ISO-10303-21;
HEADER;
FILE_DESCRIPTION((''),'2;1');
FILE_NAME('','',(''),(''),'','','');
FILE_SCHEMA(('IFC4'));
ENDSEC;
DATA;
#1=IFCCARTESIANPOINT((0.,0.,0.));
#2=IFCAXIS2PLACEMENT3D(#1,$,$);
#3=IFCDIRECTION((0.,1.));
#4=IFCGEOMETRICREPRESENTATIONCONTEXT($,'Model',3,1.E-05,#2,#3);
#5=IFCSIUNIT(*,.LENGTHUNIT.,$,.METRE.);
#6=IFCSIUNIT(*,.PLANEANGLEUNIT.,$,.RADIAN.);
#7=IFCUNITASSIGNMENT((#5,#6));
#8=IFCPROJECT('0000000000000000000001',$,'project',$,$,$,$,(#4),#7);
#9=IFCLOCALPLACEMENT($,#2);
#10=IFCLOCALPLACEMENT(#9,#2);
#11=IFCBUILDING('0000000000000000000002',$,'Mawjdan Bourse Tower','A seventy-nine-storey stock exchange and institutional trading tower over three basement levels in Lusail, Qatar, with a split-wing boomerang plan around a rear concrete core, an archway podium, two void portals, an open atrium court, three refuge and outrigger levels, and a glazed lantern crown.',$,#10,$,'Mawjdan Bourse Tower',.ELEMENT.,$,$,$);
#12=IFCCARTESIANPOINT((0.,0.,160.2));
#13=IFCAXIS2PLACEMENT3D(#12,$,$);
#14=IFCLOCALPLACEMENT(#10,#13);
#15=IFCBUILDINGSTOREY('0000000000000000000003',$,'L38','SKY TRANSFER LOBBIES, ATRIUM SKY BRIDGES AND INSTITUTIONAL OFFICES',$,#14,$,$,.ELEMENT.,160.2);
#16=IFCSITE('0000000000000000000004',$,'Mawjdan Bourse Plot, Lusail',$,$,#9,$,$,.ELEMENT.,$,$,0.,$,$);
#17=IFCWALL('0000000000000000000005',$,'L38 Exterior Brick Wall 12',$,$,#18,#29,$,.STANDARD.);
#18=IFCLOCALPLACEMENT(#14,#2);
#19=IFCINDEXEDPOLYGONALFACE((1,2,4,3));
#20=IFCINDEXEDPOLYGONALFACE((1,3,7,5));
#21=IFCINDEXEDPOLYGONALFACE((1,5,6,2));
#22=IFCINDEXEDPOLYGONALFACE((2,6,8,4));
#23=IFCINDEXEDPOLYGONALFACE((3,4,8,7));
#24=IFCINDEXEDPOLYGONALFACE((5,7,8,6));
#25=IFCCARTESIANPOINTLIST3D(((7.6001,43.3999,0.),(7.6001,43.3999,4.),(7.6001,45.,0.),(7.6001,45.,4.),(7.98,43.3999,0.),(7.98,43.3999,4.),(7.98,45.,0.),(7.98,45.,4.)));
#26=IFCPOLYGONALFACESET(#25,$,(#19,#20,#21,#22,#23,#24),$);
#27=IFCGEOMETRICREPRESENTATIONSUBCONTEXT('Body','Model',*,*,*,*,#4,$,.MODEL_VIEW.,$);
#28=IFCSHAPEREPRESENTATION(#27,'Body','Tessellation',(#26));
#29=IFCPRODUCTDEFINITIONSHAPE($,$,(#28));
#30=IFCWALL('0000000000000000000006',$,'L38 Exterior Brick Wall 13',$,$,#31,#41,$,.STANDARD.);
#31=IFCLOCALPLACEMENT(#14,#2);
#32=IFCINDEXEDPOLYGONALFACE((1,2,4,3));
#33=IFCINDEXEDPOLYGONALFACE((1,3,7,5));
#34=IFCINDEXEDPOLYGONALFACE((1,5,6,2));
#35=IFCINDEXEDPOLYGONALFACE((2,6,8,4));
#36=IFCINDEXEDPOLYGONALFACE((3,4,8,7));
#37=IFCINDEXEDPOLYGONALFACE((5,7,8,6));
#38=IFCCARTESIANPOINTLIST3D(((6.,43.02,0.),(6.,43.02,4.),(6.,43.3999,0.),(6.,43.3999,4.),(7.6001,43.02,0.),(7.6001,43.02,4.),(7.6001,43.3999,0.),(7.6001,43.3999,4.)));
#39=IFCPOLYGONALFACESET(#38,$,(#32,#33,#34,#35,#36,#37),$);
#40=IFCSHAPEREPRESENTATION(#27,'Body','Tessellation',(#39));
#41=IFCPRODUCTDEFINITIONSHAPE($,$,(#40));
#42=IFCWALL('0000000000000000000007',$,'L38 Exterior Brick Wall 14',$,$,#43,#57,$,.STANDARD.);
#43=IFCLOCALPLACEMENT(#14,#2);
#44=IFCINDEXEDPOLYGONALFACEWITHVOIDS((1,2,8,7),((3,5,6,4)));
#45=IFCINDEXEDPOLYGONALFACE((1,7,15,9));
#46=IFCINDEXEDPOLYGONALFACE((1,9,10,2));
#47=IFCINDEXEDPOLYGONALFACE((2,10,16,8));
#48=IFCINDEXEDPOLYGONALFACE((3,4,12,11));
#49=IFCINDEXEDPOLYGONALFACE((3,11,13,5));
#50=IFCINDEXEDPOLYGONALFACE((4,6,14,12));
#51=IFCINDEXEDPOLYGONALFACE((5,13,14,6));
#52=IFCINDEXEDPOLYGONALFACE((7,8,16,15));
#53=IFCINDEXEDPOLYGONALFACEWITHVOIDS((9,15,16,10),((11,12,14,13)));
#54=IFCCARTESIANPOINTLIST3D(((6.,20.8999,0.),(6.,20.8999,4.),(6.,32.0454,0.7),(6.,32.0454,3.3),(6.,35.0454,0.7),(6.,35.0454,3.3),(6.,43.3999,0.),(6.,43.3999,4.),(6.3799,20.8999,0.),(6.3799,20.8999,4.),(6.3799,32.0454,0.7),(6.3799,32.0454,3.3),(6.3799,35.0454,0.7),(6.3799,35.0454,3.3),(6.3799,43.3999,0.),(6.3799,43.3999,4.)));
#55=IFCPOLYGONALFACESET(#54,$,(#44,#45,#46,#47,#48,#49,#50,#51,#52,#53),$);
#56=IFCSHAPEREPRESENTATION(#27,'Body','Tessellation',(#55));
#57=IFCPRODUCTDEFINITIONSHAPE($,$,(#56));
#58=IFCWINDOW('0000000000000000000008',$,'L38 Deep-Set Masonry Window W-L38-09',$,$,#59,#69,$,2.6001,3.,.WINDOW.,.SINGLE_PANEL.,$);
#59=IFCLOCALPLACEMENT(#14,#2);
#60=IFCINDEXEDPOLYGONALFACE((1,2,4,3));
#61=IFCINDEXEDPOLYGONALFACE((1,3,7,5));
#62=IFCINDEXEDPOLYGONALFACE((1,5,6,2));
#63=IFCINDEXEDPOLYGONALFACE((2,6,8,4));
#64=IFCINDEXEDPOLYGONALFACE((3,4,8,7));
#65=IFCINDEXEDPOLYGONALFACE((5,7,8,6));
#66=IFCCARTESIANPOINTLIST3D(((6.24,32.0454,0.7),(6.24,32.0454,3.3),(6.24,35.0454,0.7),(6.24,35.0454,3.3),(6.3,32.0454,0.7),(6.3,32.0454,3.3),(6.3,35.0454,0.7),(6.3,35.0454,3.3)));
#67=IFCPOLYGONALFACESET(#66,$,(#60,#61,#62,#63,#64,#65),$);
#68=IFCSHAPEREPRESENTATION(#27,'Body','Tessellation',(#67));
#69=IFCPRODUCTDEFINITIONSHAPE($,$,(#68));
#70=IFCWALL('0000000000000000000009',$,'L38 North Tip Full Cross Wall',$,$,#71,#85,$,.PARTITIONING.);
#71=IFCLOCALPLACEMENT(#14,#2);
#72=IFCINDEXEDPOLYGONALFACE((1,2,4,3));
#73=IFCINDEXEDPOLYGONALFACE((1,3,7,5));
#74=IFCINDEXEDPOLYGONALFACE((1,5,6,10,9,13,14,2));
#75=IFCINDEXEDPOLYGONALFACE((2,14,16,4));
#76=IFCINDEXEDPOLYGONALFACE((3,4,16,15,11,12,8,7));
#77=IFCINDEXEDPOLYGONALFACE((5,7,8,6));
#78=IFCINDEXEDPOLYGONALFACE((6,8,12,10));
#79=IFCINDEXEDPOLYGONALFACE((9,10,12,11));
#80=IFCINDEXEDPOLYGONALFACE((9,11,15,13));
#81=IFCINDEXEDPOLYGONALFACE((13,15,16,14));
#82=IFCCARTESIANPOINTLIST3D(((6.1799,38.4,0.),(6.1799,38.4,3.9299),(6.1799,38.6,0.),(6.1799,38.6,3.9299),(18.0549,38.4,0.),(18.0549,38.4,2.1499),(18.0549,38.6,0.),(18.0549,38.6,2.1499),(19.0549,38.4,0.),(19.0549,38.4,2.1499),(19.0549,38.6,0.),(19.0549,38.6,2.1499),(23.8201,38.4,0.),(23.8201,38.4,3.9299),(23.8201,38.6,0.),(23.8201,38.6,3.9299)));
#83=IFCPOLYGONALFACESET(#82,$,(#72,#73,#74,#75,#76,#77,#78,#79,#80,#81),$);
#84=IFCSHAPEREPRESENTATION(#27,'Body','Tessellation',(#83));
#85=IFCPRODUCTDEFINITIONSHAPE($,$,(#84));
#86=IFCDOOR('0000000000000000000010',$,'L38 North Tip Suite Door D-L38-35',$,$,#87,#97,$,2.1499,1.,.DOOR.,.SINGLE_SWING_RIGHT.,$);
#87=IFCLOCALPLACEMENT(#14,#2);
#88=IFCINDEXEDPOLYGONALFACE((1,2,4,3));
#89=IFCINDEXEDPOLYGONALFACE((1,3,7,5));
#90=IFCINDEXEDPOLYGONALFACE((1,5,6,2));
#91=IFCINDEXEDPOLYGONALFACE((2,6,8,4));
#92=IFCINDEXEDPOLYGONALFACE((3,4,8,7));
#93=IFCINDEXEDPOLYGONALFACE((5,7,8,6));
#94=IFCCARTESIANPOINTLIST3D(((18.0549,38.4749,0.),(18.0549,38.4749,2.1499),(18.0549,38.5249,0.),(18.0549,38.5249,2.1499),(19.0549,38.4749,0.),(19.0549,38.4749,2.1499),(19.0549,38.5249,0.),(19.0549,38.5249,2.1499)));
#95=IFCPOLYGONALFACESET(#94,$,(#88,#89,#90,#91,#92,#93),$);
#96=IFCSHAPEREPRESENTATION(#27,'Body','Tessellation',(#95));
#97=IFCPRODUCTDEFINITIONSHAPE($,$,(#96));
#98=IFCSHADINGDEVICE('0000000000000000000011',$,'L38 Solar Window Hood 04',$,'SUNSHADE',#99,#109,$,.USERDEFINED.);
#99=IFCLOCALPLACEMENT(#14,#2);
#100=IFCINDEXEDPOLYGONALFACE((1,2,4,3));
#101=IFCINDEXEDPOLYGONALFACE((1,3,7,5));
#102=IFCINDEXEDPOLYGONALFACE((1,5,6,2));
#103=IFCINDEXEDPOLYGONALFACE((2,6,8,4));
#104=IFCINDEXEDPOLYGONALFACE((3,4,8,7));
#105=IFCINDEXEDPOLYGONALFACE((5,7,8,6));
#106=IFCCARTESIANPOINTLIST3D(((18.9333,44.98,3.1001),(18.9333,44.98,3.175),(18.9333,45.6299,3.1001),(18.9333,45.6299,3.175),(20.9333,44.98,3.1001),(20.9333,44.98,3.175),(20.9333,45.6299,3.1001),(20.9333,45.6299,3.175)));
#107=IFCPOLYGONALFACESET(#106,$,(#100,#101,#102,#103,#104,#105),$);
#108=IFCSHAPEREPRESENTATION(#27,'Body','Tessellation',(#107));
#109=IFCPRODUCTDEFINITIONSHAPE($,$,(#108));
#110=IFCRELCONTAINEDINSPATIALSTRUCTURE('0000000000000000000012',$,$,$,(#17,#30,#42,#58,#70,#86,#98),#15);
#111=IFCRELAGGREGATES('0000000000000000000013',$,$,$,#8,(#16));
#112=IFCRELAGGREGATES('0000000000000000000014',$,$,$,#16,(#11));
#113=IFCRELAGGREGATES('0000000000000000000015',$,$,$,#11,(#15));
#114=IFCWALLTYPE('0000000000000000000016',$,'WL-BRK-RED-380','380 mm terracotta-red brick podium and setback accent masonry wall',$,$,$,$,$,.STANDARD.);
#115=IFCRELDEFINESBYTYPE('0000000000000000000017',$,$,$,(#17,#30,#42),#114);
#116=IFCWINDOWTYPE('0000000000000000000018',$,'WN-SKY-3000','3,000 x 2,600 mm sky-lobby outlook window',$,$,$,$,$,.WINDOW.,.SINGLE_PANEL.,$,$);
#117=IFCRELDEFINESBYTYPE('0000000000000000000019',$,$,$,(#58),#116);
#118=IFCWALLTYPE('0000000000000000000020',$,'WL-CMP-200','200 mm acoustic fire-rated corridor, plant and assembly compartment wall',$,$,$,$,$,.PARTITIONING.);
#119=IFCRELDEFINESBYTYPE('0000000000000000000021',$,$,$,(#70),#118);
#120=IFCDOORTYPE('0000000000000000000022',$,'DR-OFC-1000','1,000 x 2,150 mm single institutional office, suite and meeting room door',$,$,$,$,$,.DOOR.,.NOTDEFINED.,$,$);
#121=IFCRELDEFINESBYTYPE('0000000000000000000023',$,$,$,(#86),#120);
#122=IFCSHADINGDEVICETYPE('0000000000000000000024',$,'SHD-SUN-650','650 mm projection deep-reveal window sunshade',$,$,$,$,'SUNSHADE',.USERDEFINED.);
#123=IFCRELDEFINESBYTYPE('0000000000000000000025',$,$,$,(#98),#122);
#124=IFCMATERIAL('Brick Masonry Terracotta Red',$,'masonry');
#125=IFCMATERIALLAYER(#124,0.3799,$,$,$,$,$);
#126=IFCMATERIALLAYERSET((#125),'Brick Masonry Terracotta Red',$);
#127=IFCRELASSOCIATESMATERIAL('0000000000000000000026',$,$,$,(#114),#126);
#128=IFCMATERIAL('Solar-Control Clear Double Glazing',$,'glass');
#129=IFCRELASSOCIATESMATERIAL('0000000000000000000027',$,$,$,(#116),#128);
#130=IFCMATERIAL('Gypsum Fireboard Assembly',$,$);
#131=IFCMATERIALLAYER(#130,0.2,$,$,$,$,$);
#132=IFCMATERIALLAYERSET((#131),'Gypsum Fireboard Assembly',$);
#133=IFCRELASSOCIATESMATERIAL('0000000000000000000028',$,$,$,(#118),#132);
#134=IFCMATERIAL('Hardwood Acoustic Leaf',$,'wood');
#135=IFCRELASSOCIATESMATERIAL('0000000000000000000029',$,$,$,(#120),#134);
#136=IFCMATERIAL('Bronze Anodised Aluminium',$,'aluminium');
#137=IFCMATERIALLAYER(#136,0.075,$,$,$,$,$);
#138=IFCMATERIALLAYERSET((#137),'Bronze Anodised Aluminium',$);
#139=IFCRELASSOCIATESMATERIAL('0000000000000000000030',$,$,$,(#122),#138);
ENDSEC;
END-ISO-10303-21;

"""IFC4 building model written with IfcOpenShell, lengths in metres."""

from ifc_helpers import new_model, si_unit, direction, frame, frame_2d, origin, origin_2d, place, context, subcontext, project, spatial, rectangle, extrude, material, layer, layer_set, type_object, element, fill, save


model = new_model("IFC4")

# Units and contexts
model_context = context("Model", 3, precision=1e-05, world=origin(), true_north=direction((0.0, 1.0)))
body_context = subcontext(model_context, "Body", "Model", "MODEL_VIEW")
ifc_project = project(units=[si_unit("LENGTHUNIT", "METRE"), si_unit("PLANEANGLEUNIT", "RADIAN")], contexts=[model_context])

# Site, building, storey
site_placement = place(None, origin())
site = spatial("IfcSite", under=ifc_project, at=site_placement, Name="Mawjdan Bourse Plot, Lusail", CompositionType="ELEMENT", RefElevation=0.0)
building_placement = place(site_placement, origin())
building = spatial("IfcBuilding", under=site, at=building_placement, Name="Mawjdan Bourse Tower", Description="A seventy-nine-storey stock exchange and institutional trading tower over three basement levels in Lusail, Qatar, with a split-wing boomerang plan around a rear concrete core, an archway podium, two void portals, an open atrium court, three refuge and outrigger levels, and a glazed lantern crown.", LongName="Mawjdan Bourse Tower", CompositionType="ELEMENT")
storey_placement = place(building_placement, frame((0.0, 0.0, 160.2)))
storey = spatial("IfcBuildingStorey", under=building, at=storey_placement, Name="L38", Description="SKY TRANSFER LOBBIES, ATRIUM SKY BRIDGES AND INSTITUTIONAL OFFICES", CompositionType="ELEMENT", Elevation=160.2)

# Shared definitions
ifc_material_1 = material(Name="Brick Masonry Terracotta Red", Category="masonry")
ifc_layer_1 = layer(ifc_material_1, 0.3799)
ifc_layer_set_1 = layer_set([ifc_layer_1], Name="Brick Masonry Terracotta Red")
wall_type_1 = type_object("IfcWallType", Name="WL-BRK-RED-380", Description="380 mm terracotta-red brick podium and setback accent masonry wall", PredefinedType="STANDARD", material=ifc_layer_set_1)

# Shared definitions
ifc_material_2 = material(Name="Solar-Control Clear Double Glazing", Category="glass")

# Walls
for number, where, z_axis, x_axis, name in (
    (1, (7.79, 45.0, 0.0), (0.0, 0.0, 1.0), (0.0, -1.0, 0.0), "L38 Exterior Brick Wall 12"),
    (2, (7.6001, 43.21, 0.0), (0.0, 0.0, 1.0), (-1.0, 0.0, 0.0), "L38 Exterior Brick Wall 13"),
):
    element("IfcWall", number, at=place(storey_placement, frame(where, z_axis=z_axis, x_axis=x_axis)), inside=storey, type_object=wall_type_1, Name=name, PredefinedType="STANDARD", context=body_context, shape_type="SweptSolid", body=[
        extrude(rectangle(XDim=1.6001, YDim=0.3799, at=frame_2d((0.8, 0.0))), origin(), (0.0, 0.0, 1.0), 4.0),
    ])

# Wall, opening, window
wall_1_placement = place(storey_placement, frame((6.1899, 43.3999, 0.0), z_axis=(0.0, 0.0, 1.0), x_axis=(0.0, -1.0, 0.0)))
wall_1 = element("IfcWall", 3, at=wall_1_placement, inside=storey, type_object=wall_type_1, Name="L38 Exterior Brick Wall 14", PredefinedType="STANDARD", context=body_context, shape_type="SweptSolid", body=[
    extrude(rectangle(XDim=22.5, YDim=0.3799, at=frame_2d((11.25, 0.0))), origin(), (0.0, 0.0, 1.0), 4.0),
])
opening_1_placement = place(wall_1_placement, frame((8.3545, 0.0, 0.7)))
opening_1 = element("IfcOpeningElement", 4, at=opening_1_placement, cuts=wall_1, PredefinedType="OPENING", context=body_context, shape_type="SweptSolid", body=[
    extrude(rectangle(XDim=3.0, YDim=2.6001, at=frame_2d((1.5, 1.3))), frame((0.0, 0.2, 0.0), z_axis=(0.0, -1.0, 0.0), x_axis=(1.0, 0.0, 0.0)), (0.0, 0.0, 1.0), 0.3999),
])
window_type_1 = type_object("IfcWindowType", Name="WN-SKY-3000", Description="3,000 x 2,600 mm sky-lobby outlook window", PartitioningType="SINGLE_PANEL", PredefinedType="WINDOW", material=ifc_material_2)
window_1_placement = place(opening_1_placement, origin())
window_1 = element("IfcWindow", 5, at=window_1_placement, inside=storey, type_object=window_type_1, Name="L38 Deep-Set Masonry Window W-L38-09", OverallHeight=2.6001, OverallWidth=3.0, PartitioningType="SINGLE_PANEL", PredefinedType="WINDOW", context=body_context, shape_type="SweptSolid", body=[
    extrude(rectangle(XDim=3.0, YDim=2.6001, at=frame_2d((1.5, 1.3))), frame((0.0, 0.1101, 0.0), z_axis=(0.0, -1.0, 0.0), x_axis=(1.0, 0.0, 0.0)), (0.0, 0.0, 1.0), 0.0601),
])
fill(opening_1, window_1)

# Wall, opening, door
ifc_material_3 = material(Name="Gypsum Fireboard Assembly")
ifc_layer_2 = layer(ifc_material_3, 0.2)
ifc_layer_set_2 = layer_set([ifc_layer_2], Name="Gypsum Fireboard Assembly")
wall_type_2 = type_object("IfcWallType", Name="WL-CMP-200", Description="200 mm acoustic fire-rated corridor, plant and assembly compartment wall", PredefinedType="PARTITIONING", material=ifc_layer_set_2)
wall_2_placement = place(storey_placement, frame((6.1799, 38.5, 0.0), z_axis=(0.0, 0.0, 1.0), x_axis=(1.0, 0.0, 0.0)))
wall_2 = element("IfcWall", 6, at=wall_2_placement, inside=storey, type_object=wall_type_2, Name="L38 North Tip Full Cross Wall", PredefinedType="PARTITIONING", context=body_context, shape_type="SweptSolid", body=[
    extrude(rectangle(XDim=17.6401, YDim=0.2, at=frame_2d((8.8201, 0.0))), origin(), (0.0, 0.0, 1.0), 3.9299),
])
opening_2_placement = place(wall_2_placement, frame((11.875, 0.0, 0.0)))
opening_2 = element("IfcOpeningElement", 7, at=opening_2_placement, cuts=wall_2, PredefinedType="OPENING", context=body_context, shape_type="SweptSolid", body=[
    extrude(rectangle(XDim=1.0, YDim=2.1499, at=frame_2d((0.5, 1.075))), frame((0.0, 0.1099, 0.0), z_axis=(0.0, -1.0, 0.0), x_axis=(1.0, 0.0, 0.0)), (0.0, 0.0, 1.0), 0.22),
])
ifc_material_4 = material(Name="Hardwood Acoustic Leaf", Category="wood")
door_type = type_object("IfcDoorType", Name="DR-OFC-1000", Description="1,000 x 2,150 mm single institutional office, suite and meeting room door", OperationType="NOTDEFINED", PredefinedType="DOOR", material=ifc_material_4)
door_placement = place(opening_2_placement, origin())
door = element("IfcDoor", 8, at=door_placement, inside=storey, type_object=door_type, Name="L38 North Tip Suite Door D-L38-35", OperationType="SINGLE_SWING_RIGHT", OverallHeight=2.1499, OverallWidth=1.0, PredefinedType="DOOR", context=body_context, shape_type="SweptSolid", body=[
    extrude(rectangle(XDim=1.0, YDim=2.1499, at=frame_2d((0.5, 1.075))), frame((0.0, 0.0249, 0.0), z_axis=(0.0, -1.0, 0.0), x_axis=(1.0, 0.0, 0.0)), (0.0, 0.0, 1.0), 0.05),
])
fill(opening_2, door)

# Shading device
ifc_material_5 = material(Name="Bronze Anodised Aluminium", Category="aluminium")
ifc_layer_3 = layer(ifc_material_5, 0.075)
ifc_layer_set_3 = layer_set([ifc_layer_3], Name="Bronze Anodised Aluminium")
shading_device_type = type_object("IfcShadingDeviceType", Name="SHD-SUN-650", Description="650 mm projection deep-reveal window sunshade", ElementType="SUNSHADE", PredefinedType="USERDEFINED", material=ifc_layer_set_3)
shading_device_placement = place(storey_placement, frame((19.9333, 45.3049, 3.1001), z_axis=(0.0, 0.0, 1.0), x_axis=(-1.0, 0.0, 0.0)))
element("IfcShadingDevice", 9, at=shading_device_placement, inside=storey, type_object=shading_device_type, Name="L38 Solar Window Hood 04", ObjectType="SUNSHADE", PredefinedType="USERDEFINED", context=body_context, shape_type="SweptSolid", body=[
    extrude(rectangle(XDim=2.0, YDim=0.6499, at=origin_2d()), origin(), (0.0, 0.0, 1.0), 0.075),
])

save(model, "model.ifc")
